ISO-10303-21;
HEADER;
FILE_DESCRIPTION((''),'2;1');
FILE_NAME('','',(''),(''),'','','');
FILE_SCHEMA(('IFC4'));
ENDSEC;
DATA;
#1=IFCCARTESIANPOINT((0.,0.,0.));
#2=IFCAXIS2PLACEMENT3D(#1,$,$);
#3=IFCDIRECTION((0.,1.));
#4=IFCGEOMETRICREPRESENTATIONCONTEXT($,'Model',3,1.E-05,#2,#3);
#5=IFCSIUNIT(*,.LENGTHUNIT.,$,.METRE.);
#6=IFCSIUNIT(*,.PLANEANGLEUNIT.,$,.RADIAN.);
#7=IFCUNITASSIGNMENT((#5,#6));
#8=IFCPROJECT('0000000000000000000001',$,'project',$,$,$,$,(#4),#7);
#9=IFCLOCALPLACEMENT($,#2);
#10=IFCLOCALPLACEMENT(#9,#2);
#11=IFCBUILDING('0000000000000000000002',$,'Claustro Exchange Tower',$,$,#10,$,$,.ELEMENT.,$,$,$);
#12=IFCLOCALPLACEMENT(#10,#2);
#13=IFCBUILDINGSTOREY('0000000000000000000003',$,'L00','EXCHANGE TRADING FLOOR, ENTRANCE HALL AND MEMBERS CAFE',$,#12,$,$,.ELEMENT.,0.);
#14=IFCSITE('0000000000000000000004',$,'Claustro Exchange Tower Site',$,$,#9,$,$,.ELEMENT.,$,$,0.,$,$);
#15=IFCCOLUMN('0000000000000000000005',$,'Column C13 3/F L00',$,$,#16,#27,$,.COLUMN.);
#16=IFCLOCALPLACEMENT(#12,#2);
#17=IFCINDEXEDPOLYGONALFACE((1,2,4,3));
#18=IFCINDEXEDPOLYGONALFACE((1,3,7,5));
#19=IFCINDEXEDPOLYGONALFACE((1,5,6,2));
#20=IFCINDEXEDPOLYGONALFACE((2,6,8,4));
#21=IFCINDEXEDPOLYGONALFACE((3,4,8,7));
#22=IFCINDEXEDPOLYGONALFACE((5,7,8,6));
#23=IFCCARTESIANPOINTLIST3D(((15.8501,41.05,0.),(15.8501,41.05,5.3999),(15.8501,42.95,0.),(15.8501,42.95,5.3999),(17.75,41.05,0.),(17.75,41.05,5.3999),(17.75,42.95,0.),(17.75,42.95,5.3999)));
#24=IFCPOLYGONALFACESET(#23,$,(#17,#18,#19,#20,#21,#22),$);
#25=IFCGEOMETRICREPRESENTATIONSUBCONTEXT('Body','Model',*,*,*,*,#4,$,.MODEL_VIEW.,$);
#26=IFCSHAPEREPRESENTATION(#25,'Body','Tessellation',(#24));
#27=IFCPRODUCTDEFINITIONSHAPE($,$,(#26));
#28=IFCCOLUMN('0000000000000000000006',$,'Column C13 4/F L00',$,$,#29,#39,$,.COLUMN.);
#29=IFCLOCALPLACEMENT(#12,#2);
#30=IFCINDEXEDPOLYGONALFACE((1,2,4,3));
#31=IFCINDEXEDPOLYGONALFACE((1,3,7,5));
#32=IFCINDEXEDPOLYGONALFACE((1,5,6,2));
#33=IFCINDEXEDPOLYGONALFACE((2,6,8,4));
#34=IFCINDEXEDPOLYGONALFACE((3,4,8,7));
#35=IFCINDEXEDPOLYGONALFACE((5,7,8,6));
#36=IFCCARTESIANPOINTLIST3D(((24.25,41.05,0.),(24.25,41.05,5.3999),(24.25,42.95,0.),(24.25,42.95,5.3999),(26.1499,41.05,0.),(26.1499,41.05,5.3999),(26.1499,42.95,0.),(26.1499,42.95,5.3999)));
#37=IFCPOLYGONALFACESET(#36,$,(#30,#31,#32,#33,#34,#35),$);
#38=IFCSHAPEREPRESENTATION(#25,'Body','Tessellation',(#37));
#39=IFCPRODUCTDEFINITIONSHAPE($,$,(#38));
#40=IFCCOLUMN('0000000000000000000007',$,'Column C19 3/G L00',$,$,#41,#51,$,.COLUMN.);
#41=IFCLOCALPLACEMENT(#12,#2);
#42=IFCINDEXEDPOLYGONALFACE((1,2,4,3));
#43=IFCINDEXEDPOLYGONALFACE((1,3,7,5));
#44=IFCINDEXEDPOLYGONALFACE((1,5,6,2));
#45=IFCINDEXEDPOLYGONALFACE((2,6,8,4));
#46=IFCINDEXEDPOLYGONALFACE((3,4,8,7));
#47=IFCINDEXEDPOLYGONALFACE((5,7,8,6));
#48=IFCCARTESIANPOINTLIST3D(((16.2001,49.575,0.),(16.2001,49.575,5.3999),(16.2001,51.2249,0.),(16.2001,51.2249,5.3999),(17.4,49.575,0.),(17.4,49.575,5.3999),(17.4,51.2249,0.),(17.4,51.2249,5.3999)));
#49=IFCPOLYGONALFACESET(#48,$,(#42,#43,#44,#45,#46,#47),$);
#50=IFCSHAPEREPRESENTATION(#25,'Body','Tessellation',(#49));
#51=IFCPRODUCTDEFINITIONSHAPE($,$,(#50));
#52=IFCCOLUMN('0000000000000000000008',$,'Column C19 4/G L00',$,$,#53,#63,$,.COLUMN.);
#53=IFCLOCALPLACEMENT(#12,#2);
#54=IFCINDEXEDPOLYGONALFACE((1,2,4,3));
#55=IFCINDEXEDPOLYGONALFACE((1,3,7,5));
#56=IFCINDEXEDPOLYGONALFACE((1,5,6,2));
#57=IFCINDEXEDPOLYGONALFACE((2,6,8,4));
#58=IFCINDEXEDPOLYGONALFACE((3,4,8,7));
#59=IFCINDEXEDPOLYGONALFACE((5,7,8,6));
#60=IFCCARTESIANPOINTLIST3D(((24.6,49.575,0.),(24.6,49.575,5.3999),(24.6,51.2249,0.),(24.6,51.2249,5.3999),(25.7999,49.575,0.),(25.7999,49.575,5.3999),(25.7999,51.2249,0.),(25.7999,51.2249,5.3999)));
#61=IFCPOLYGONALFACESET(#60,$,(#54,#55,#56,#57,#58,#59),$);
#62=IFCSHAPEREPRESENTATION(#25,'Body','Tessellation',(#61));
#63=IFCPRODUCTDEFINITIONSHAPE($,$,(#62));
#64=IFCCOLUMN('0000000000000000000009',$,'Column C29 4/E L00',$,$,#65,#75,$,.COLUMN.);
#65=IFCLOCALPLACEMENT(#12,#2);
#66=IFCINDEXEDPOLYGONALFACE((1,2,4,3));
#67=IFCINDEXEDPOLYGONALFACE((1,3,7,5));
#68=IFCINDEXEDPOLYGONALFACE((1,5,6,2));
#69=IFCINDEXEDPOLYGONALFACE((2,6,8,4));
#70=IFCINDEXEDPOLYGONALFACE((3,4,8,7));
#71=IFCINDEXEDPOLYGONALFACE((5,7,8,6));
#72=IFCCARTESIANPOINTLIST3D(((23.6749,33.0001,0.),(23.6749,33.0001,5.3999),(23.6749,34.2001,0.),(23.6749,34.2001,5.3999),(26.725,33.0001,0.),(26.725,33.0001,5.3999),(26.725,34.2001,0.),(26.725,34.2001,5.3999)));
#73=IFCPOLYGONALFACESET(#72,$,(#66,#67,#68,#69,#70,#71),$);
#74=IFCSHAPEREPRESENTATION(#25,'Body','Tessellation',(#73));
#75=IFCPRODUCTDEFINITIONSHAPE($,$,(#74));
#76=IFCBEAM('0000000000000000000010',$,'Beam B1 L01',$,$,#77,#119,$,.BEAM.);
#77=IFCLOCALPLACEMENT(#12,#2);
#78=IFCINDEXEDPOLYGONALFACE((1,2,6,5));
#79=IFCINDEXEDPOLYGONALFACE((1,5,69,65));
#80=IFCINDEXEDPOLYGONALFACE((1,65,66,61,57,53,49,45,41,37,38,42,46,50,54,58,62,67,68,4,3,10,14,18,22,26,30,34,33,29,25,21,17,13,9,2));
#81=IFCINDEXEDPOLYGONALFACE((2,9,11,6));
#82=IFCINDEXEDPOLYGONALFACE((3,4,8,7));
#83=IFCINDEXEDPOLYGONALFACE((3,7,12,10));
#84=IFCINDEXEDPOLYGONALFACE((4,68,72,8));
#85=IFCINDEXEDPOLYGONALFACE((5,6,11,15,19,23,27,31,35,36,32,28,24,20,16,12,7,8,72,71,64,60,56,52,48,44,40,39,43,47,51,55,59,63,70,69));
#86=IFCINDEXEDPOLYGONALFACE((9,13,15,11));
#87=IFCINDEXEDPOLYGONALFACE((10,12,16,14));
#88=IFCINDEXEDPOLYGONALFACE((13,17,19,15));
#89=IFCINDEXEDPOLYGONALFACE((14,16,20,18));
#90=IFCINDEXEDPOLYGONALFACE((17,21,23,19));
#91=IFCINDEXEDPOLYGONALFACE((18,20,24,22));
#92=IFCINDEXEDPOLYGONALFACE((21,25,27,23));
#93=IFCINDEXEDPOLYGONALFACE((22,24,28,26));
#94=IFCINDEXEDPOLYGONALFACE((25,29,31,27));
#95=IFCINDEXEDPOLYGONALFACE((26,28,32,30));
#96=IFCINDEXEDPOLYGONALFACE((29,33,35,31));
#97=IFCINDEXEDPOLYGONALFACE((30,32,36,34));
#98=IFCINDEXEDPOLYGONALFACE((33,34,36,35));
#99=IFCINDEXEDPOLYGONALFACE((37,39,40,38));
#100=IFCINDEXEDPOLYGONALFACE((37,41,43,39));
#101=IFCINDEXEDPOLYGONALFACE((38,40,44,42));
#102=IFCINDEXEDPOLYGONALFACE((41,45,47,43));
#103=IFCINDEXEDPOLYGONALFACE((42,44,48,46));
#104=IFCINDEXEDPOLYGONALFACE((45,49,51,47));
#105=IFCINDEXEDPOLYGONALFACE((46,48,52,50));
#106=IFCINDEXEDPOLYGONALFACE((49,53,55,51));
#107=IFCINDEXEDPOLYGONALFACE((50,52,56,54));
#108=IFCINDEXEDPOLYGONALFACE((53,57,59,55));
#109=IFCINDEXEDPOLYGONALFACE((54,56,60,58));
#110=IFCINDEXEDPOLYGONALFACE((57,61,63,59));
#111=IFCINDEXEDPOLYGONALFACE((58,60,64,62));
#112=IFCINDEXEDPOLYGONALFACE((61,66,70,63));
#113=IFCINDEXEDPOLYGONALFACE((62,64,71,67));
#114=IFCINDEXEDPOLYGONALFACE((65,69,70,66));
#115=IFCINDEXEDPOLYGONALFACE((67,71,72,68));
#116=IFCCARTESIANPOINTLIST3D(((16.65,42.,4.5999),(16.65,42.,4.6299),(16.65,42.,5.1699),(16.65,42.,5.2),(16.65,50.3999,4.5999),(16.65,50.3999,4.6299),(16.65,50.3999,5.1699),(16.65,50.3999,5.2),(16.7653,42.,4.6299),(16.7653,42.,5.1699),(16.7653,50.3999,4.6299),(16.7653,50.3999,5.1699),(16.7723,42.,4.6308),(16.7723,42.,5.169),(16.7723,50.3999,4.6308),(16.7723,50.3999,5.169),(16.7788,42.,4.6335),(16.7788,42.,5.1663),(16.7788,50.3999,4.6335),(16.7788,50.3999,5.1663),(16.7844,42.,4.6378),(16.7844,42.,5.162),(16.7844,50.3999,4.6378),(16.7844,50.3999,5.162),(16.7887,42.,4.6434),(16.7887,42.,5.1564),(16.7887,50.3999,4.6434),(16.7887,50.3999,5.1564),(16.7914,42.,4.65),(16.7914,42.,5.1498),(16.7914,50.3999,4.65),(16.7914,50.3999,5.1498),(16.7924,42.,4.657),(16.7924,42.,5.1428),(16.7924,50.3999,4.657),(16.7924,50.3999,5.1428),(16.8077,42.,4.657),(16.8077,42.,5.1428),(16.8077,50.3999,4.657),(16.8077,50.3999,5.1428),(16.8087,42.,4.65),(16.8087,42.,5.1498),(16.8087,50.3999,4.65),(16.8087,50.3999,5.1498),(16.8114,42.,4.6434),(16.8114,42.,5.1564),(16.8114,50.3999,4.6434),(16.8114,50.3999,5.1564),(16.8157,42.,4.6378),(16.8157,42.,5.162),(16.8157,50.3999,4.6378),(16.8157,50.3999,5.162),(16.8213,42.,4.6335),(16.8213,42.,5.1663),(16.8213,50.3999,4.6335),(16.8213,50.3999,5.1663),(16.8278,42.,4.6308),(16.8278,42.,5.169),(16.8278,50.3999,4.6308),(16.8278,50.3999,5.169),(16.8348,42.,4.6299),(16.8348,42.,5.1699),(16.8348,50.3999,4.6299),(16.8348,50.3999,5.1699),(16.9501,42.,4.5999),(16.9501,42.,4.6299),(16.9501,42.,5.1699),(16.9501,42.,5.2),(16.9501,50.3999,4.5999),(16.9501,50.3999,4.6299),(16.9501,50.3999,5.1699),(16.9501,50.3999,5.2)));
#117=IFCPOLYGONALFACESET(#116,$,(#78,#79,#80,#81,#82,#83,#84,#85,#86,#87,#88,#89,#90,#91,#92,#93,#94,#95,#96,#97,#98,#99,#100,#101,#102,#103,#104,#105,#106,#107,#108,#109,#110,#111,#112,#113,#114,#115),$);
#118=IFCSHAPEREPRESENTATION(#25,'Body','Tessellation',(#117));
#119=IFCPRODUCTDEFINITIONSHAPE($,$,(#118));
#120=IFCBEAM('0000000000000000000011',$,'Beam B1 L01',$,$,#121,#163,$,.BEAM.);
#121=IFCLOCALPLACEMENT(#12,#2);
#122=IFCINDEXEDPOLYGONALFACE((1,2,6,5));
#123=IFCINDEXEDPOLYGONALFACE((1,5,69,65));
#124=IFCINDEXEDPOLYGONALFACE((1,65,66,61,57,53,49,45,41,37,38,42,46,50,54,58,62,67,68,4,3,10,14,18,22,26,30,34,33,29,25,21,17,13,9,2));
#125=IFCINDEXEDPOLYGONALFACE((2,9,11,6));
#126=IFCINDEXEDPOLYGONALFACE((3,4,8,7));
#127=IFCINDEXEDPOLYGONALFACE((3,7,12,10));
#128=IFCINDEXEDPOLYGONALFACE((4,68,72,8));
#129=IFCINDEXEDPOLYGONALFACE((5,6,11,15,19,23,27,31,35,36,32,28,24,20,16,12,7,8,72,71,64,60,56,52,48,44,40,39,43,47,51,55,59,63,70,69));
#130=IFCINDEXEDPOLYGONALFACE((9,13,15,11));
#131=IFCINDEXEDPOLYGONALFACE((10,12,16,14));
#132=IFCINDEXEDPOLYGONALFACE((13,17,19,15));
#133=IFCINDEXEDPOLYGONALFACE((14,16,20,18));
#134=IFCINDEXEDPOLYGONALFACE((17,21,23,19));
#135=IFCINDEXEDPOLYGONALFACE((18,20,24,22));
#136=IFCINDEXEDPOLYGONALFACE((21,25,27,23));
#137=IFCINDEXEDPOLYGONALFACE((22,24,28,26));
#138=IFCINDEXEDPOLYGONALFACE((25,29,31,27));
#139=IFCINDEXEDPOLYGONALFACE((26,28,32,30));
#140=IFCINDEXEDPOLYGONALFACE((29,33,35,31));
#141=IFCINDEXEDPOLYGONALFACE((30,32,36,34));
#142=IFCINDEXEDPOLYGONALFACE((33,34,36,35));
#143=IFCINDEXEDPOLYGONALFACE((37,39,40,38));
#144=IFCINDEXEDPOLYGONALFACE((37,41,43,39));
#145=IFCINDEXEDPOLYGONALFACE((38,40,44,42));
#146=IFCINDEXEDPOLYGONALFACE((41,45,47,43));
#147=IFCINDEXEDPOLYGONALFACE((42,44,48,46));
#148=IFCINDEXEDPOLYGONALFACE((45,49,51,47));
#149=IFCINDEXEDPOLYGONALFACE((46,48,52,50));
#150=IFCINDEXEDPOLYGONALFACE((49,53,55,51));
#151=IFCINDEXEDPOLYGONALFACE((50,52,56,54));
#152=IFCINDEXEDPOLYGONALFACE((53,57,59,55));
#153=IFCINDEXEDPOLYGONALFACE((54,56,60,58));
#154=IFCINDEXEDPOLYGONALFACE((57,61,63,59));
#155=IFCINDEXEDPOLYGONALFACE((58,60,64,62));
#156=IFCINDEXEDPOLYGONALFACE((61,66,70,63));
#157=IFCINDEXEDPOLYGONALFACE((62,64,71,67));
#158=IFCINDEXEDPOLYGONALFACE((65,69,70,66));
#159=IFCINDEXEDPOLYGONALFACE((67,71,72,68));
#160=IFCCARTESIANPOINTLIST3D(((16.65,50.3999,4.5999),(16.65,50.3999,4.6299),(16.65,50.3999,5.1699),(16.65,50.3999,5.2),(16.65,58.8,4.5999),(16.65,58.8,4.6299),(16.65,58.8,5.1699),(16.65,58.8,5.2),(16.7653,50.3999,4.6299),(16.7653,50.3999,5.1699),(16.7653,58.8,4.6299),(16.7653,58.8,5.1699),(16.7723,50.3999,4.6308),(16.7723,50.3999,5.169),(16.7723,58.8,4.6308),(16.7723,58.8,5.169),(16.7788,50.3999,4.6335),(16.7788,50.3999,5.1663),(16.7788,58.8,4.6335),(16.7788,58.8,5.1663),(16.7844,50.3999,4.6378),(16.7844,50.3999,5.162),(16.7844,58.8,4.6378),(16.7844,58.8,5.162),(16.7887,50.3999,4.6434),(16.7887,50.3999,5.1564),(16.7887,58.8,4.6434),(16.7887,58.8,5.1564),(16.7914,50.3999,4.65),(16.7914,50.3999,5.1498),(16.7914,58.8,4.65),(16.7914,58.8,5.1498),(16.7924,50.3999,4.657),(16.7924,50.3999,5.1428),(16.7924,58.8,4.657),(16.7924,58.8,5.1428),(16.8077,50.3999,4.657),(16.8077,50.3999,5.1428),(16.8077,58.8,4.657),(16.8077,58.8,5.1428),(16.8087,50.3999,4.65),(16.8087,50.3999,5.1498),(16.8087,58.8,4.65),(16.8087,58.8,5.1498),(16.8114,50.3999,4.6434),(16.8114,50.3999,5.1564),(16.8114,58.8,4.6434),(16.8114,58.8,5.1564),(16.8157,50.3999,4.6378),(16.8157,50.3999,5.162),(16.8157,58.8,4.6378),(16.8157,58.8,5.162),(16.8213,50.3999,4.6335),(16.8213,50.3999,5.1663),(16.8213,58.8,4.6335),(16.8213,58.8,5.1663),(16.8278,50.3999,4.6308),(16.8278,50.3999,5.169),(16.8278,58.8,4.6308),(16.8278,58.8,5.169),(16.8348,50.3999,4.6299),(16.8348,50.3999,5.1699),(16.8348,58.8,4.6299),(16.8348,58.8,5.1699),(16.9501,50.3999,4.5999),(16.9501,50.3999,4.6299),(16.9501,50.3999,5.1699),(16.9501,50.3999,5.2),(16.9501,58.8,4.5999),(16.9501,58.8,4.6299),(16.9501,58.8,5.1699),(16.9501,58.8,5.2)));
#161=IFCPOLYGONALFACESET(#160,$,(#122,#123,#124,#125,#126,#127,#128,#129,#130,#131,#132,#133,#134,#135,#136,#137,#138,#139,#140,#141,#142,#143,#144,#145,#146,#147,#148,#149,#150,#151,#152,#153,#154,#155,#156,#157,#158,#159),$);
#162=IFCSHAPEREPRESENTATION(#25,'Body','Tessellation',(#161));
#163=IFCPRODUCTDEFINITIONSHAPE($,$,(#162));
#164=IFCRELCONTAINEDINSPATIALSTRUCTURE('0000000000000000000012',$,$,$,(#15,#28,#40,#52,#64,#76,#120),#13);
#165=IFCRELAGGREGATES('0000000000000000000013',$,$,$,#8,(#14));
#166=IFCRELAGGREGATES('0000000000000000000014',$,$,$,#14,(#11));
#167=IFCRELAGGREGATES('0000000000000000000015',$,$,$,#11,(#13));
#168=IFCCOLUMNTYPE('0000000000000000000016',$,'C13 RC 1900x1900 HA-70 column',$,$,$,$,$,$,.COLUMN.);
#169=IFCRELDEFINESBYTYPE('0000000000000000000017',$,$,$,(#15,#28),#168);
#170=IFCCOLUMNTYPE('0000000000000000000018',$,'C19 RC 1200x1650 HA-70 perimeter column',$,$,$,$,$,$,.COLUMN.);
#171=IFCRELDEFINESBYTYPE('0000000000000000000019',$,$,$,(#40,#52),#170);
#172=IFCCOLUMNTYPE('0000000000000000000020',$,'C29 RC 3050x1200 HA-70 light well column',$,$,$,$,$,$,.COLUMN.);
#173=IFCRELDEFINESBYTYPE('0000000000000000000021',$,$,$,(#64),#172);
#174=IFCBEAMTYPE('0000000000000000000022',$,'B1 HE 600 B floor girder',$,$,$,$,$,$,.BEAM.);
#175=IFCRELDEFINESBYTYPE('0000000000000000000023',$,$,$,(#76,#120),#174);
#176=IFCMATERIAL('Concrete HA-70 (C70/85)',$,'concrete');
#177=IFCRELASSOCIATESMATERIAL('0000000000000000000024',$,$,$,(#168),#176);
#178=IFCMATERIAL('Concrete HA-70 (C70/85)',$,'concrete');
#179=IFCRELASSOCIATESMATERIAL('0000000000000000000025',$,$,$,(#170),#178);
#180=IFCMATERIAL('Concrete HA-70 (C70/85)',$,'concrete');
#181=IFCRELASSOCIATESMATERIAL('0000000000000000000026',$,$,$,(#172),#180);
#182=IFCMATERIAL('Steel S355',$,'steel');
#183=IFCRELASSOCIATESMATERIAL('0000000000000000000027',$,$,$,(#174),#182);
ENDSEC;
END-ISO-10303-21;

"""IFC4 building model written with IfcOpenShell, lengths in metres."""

from ifc_helpers import new_model, si_unit, direction, frame, origin, origin_2d, place, context, subcontext, project, spatial, rectangle, i_section, extrude, material, material_profile, profile_set, type_object, element, save


model = new_model("IFC4")

# Units and contexts
model_context = context("Model", 3, precision=1e-05, world=origin(), true_north=direction((0.0, 1.0)))
body_context = subcontext(model_context, "Body", "Model", "MODEL_VIEW")
ifc_project = project(units=[si_unit("LENGTHUNIT", "METRE"), si_unit("PLANEANGLEUNIT", "RADIAN")], contexts=[model_context])

# Site, building, storey
site_placement = place(None, origin())
site = spatial("IfcSite", under=ifc_project, at=site_placement, Name="Claustro Exchange Tower Site", CompositionType="ELEMENT", RefElevation=0.0)
building_placement = place(site_placement, origin())
building = spatial("IfcBuilding", under=site, at=building_placement, Name="Claustro Exchange Tower", CompositionType="ELEMENT")
storey_placement = place(building_placement, origin())
storey = spatial("IfcBuildingStorey", under=building, at=storey_placement, Name="L00", Description="EXCHANGE TRADING FLOOR, ENTRANCE HALL AND MEMBERS CAFE", CompositionType="ELEMENT", Elevation=0.0)

# Columns
ifc_material_1 = material(Name="Concrete HA-70 (C70/85)", Category="concrete")
ifc_material_profile_1 = material_profile(ifc_material_1, rectangle(XDim=1.8999, YDim=1.8999, at=origin_2d()), Name="RC 1900x1900")
ifc_profile_set_1 = profile_set([ifc_material_profile_1], Name="Concrete HA-70 (C70/85)")
column_type_1 = type_object("IfcColumnType", Name="C13 RC 1900x1900 HA-70 column", PredefinedType="COLUMN", material=ifc_profile_set_1)
for number, where, z_axis, x_axis, name in (
    (1, (16.8, 42.0, 0.0), (0.0, 0.0, 1.0), (1.0, 0.0, 0.0), "Column C13 3/F L00"),
    (2, (25.2, 42.0, 0.0), (0.0, 0.0, 1.0), (1.0, 0.0, 0.0), "Column C13 4/F L00"),
):
    element("IfcColumn", number, at=place(storey_placement, frame(where, z_axis=z_axis, x_axis=x_axis)), inside=storey, type_object=column_type_1, Name=name, PredefinedType="COLUMN", context=body_context, shape_type="SweptSolid", body=[
        extrude(rectangle(XDim=1.8999, YDim=1.8999, at=origin_2d()), origin(), (0.0, 0.0, 1.0), 5.3999),
    ])
ifc_material_2 = material(Name="Concrete HA-70 (C70/85)", Category="concrete")
ifc_material_profile_2 = material_profile(ifc_material_2, rectangle(XDim=1.2, YDim=1.6499, at=origin_2d()), Name="RC 1200x1650")
ifc_profile_set_2 = profile_set([ifc_material_profile_2], Name="Concrete HA-70 (C70/85)")
column_type_2 = type_object("IfcColumnType", Name="C19 RC 1200x1650 HA-70 perimeter column", PredefinedType="COLUMN", material=ifc_profile_set_2)
for number, where, z_axis, x_axis, name in (
    (3, (16.8, 50.3999, 0.0), (0.0, 0.0, 1.0), (1.0, 0.0, 0.0), "Column C19 3/G L00"),
    (4, (25.2, 50.3999, 0.0), (0.0, 0.0, 1.0), (1.0, 0.0, 0.0), "Column C19 4/G L00"),
):
    element("IfcColumn", number, at=place(storey_placement, frame(where, z_axis=z_axis, x_axis=x_axis)), inside=storey, type_object=column_type_2, Name=name, PredefinedType="COLUMN", context=body_context, shape_type="SweptSolid", body=[
        extrude(rectangle(XDim=1.2, YDim=1.6499, at=origin_2d()), origin(), (0.0, 0.0, 1.0), 5.3999),
    ])
ifc_material_3 = material(Name="Concrete HA-70 (C70/85)", Category="concrete")
ifc_material_profile_3 = material_profile(ifc_material_3, rectangle(XDim=3.05, YDim=1.2, at=origin_2d()), Name="RC 3050x1200")
ifc_profile_set_3 = profile_set([ifc_material_profile_3], Name="Concrete HA-70 (C70/85)")
column_type_3 = type_object("IfcColumnType", Name="C29 RC 3050x1200 HA-70 light well column", PredefinedType="COLUMN", material=ifc_profile_set_3)
column_placement = place(storey_placement, frame((25.2, 33.6001, 0.0), z_axis=(0.0, 0.0, 1.0), x_axis=(1.0, 0.0, 0.0)))
element("IfcColumn", 5, at=column_placement, inside=storey, type_object=column_type_3, Name="Column C29 4/E L00", PredefinedType="COLUMN", context=body_context, shape_type="SweptSolid", body=[
    extrude(rectangle(XDim=3.05, YDim=1.2, at=origin_2d()), origin(), (0.0, 0.0, 1.0), 5.3999),
])

# Beams
ifc_material_4 = material(Name="Steel S355", Category="steel")
ifc_material_profile_4 = material_profile(ifc_material_4, i_section(OverallWidth=0.3, OverallDepth=0.6001, WebThickness=0.0154, FlangeThickness=0.03, FilletRadius=0.0271, at=origin_2d()), Name="HE 600 B")
ifc_profile_set_4 = profile_set([ifc_material_profile_4], Name="Steel S355")
beam_type_1 = type_object("IfcBeamType", Name="B1 HE 600 B floor girder", PredefinedType="BEAM", material=ifc_profile_set_4)
beam_1_placement = place(storey_placement, frame((16.8, 42.0, 4.8999), z_axis=(0.0, 1.0, 0.0), x_axis=(-1.0, 0.0, 0.0)))
element("IfcBeam", 6, at=beam_1_placement, inside=storey, type_object=beam_type_1, Name="Beam B1 L01", PredefinedType="BEAM", context=body_context, shape_type="SweptSolid", body=[
    extrude(i_section(OverallWidth=0.3, OverallDepth=0.6001, WebThickness=0.0154, FlangeThickness=0.03, FilletRadius=0.0271, at=origin_2d()), origin(), (0.0, 0.0, 1.0), 8.3999),
])
beam_2_placement = place(storey_placement, frame((16.8, 50.3999, 4.8999), z_axis=(0.0, 1.0, 0.0), x_axis=(-1.0, 0.0, 0.0)))
element("IfcBeam", 7, at=beam_2_placement, inside=storey, type_object=beam_type_1, Name="Beam B1 L01", PredefinedType="BEAM", context=body_context, shape_type="SweptSolid", body=[
    extrude(i_section(OverallWidth=0.3, OverallDepth=0.6001, WebThickness=0.0154, FlangeThickness=0.03, FilletRadius=0.0271, at=origin_2d()), origin(), (0.0, 0.0, 1.0), 8.4001),
])

save(model, "model.ifc")
